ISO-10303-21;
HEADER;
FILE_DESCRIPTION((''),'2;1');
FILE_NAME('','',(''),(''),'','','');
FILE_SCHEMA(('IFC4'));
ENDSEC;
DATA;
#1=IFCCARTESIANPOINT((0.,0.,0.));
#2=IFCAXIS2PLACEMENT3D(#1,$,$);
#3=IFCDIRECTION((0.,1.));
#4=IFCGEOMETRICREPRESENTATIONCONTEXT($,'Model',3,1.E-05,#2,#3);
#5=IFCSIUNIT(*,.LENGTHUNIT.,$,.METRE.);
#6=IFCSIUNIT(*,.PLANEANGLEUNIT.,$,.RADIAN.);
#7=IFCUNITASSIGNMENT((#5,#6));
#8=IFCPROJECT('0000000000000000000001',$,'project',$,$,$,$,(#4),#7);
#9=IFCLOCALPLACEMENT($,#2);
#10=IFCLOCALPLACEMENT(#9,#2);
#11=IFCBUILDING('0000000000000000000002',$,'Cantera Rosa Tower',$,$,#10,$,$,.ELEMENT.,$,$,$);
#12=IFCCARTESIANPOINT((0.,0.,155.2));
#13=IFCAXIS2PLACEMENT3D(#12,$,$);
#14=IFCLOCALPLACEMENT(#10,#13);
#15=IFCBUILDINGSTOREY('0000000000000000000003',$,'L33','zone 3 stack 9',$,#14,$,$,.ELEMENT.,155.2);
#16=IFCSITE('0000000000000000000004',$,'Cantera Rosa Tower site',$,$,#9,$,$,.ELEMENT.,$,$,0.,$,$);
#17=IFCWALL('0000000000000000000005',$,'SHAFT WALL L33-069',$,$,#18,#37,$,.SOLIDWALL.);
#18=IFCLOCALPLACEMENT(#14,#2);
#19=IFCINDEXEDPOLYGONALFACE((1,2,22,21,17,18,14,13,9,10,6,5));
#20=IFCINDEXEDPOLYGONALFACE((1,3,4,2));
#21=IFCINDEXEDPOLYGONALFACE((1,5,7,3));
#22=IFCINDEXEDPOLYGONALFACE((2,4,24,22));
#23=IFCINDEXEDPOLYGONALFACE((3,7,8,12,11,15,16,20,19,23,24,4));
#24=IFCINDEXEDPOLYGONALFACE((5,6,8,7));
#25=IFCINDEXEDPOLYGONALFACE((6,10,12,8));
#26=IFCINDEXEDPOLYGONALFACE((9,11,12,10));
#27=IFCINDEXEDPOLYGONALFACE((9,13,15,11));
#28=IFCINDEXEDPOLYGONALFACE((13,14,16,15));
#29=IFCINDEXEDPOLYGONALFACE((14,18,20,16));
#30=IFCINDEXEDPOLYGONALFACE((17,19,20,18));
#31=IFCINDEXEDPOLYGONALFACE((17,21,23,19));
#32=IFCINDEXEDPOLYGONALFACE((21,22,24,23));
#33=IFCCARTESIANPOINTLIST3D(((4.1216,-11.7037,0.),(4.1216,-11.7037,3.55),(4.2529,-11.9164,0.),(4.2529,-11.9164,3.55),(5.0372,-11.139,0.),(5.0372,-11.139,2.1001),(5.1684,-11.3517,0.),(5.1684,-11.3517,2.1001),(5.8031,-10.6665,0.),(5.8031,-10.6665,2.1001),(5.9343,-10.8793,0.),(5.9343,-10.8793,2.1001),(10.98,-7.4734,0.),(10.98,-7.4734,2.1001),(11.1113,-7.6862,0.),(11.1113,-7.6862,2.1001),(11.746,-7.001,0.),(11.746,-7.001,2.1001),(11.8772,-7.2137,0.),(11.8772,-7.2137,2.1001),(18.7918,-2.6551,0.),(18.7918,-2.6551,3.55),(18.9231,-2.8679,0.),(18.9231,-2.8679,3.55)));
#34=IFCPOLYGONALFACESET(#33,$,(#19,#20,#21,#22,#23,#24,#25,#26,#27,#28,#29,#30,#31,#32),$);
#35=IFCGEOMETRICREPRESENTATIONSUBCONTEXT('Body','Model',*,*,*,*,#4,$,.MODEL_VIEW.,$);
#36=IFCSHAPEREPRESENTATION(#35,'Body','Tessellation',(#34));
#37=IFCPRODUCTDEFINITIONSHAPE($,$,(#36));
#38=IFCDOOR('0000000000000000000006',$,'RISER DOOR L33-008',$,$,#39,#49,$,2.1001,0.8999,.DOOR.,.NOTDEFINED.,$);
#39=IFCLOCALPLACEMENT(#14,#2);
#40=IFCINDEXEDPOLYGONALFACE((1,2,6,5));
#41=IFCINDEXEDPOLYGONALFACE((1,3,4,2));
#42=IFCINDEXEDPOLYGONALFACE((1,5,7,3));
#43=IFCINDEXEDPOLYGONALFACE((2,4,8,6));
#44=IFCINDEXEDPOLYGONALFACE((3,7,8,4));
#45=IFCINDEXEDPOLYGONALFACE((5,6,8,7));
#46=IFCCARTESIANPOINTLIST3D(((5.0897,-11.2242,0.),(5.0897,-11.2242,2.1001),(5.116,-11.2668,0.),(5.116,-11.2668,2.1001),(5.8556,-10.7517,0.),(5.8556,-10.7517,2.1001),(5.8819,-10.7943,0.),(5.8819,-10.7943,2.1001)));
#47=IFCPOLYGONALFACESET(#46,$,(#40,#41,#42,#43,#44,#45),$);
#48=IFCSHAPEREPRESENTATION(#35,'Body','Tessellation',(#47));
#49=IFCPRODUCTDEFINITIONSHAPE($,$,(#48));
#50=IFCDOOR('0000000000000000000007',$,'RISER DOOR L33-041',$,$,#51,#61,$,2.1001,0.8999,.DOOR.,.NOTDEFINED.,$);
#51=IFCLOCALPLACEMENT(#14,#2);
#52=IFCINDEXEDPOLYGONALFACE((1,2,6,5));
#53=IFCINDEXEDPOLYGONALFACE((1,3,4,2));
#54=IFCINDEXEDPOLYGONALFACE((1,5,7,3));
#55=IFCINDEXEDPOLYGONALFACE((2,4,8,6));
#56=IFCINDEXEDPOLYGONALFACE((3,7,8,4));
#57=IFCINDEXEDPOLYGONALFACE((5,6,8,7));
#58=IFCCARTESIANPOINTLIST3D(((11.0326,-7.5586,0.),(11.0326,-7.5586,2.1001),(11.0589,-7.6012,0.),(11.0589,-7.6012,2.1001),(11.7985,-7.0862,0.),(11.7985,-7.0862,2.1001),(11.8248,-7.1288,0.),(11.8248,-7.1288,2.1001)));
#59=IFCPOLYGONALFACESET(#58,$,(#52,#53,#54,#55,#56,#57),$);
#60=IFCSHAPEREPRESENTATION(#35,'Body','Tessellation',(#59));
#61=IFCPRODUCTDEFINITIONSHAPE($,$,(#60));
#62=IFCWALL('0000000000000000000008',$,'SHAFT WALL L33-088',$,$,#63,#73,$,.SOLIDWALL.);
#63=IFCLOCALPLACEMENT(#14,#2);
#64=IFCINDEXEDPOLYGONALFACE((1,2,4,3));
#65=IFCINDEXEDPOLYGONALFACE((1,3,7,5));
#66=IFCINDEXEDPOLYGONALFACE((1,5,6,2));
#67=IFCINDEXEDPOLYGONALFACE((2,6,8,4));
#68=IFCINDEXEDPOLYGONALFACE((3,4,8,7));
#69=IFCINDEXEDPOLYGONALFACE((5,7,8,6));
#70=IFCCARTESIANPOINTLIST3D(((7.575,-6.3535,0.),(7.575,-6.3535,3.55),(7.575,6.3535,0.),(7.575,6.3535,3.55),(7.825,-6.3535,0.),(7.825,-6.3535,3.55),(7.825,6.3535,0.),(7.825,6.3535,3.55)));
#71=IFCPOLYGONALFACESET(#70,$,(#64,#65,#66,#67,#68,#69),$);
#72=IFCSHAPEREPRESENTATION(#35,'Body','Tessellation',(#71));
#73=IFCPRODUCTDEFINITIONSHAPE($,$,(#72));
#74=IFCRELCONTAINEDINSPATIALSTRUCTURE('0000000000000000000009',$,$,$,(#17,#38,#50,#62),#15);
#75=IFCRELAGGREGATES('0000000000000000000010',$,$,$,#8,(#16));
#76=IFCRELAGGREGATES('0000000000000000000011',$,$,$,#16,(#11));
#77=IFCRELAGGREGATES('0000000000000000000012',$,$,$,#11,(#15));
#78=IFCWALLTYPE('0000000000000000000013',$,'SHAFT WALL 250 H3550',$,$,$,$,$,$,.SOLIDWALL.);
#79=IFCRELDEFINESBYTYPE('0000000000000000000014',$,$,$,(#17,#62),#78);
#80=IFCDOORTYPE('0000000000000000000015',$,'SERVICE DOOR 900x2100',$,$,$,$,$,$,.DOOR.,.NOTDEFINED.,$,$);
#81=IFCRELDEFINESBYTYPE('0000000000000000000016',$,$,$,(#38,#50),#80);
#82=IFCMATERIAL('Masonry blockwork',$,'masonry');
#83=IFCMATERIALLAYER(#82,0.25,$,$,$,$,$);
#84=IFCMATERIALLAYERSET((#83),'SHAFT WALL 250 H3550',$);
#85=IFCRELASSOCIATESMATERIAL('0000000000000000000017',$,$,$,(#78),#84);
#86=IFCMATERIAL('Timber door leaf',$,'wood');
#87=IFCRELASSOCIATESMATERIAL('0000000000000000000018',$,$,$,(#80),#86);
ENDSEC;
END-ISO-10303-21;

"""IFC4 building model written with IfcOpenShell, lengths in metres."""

from ifc_helpers import new_model, si_unit, direction, frame, frame_2d, origin, place, context, subcontext, project, spatial, rectangle, extrude, material, layer, layer_set, type_object, element, fill, save


model = new_model("IFC4")

# Units and contexts
model_context = context("Model", 3, precision=1e-05, world=origin(), true_north=direction((0.0, 1.0)))
body_context = subcontext(model_context, "Body", "Model", "MODEL_VIEW")
ifc_project = project(units=[si_unit("LENGTHUNIT", "METRE"), si_unit("PLANEANGLEUNIT", "RADIAN")], contexts=[model_context])

# Site, building, storey
site_placement = place(None, origin())
site = spatial("IfcSite", under=ifc_project, at=site_placement, Name="Cantera Rosa Tower site", CompositionType="ELEMENT", RefElevation=0.0)
building_placement = place(site_placement, origin())
building = spatial("IfcBuilding", under=site, at=building_placement, Name="Cantera Rosa Tower", CompositionType="ELEMENT")
storey_placement = place(building_placement, frame((0.0, 0.0, 155.2)))
storey = spatial("IfcBuildingStorey", under=building, at=storey_placement, Name="L33", Description="zone 3 stack 9", CompositionType="ELEMENT", Elevation=155.2)

# Shared definitions
ifc_material_1 = material(Name="Masonry blockwork", Category="masonry")
ifc_layer_1 = layer(ifc_material_1, 0.25)
ifc_layer_set_1 = layer_set([ifc_layer_1], Name="SHAFT WALL 250 H3550")
wall_type_1 = type_object("IfcWallType", Name="SHAFT WALL 250 H3550", PredefinedType="SOLIDWALL", material=ifc_layer_set_1)

# Wall, openings, doors
wall_1_placement = place(storey_placement, frame((4.1873, -11.8101, 0.0), z_axis=(0.0, 0.0, 1.0), x_axis=(0.85112, 0.524972, 0.0)))
wall_1 = element("IfcWall", 1, at=wall_1_placement, inside=storey, type_object=wall_type_1, Name="SHAFT WALL L33-069", PredefinedType="SOLIDWALL", context=body_context, shape_type="SweptSolid", body=[
    extrude(rectangle(XDim=17.2363, YDim=0.25, at=frame_2d((8.6182, 0.0))), origin(), (0.0, 0.0, 1.0), 3.55),
])
opening_1_placement = place(wall_1_placement, frame((1.0757, 0.0, 0.0)))
opening_1 = element("IfcOpeningElement", 2, at=opening_1_placement, cuts=wall_1, PredefinedType="OPENING", context=body_context, shape_type="SweptSolid", body=[
    extrude(rectangle(XDim=0.8999, YDim=2.1001, at=frame_2d((0.45, 1.05))), frame((0.0, 0.135, 0.0), z_axis=(0.0, -1.0, 0.0), x_axis=(1.0, 0.0, 0.0)), (0.0, 0.0, 1.0), 0.27),
])
opening_2_placement = place(wall_1_placement, frame((8.0581, 0.0, 0.0)))
opening_2 = element("IfcOpeningElement", 3, at=opening_2_placement, cuts=wall_1, PredefinedType="OPENING", context=body_context, shape_type="SweptSolid", body=[
    extrude(rectangle(XDim=0.8999, YDim=2.1001, at=frame_2d((0.45, 1.05))), frame((0.0, 0.135, 0.0), z_axis=(0.0, -1.0, 0.0), x_axis=(1.0, 0.0, 0.0)), (0.0, 0.0, 1.0), 0.27),
])
ifc_material_2 = material(Name="Timber door leaf", Category="wood")
door_type_1 = type_object("IfcDoorType", Name="SERVICE DOOR 900x2100", OperationType="NOTDEFINED", PredefinedType="DOOR", material=ifc_material_2)
door_1_placement = place(opening_1_placement, origin())
door_1 = element("IfcDoor", 4, at=door_1_placement, inside=storey, type_object=door_type_1, Name="RISER DOOR L33-008", OperationType="NOTDEFINED", OverallHeight=2.1001, OverallWidth=0.8999, PredefinedType="DOOR", context=body_context, shape_type="SweptSolid", body=[
    extrude(rectangle(XDim=0.8999, YDim=2.1001, at=frame_2d((0.45, 1.05))), frame((0.0, 0.0249, 0.0), z_axis=(0.0, -1.0, 0.0), x_axis=(1.0, 0.0, 0.0)), (0.0, 0.0, 1.0), 0.05),
])
fill(opening_1, door_1)
door_2_placement = place(opening_2_placement, origin())
door_2 = element("IfcDoor", 5, at=door_2_placement, inside=storey, type_object=door_type_1, Name="RISER DOOR L33-041", OperationType="NOTDEFINED", OverallHeight=2.1001, OverallWidth=0.8999, PredefinedType="DOOR", context=body_context, shape_type="SweptSolid", body=[
    extrude(rectangle(XDim=0.8999, YDim=2.1001, at=frame_2d((0.45, 1.05))), frame((0.0, 0.0249, 0.0), z_axis=(0.0, -1.0, 0.0), x_axis=(1.0, 0.0, 0.0)), (0.0, 0.0, 1.0), 0.05),
])
fill(opening_2, door_2)

# Wall
wall_2_placement = place(storey_placement, frame((7.7, -6.3535, 0.0), z_axis=(0.0, 0.0, 1.0), x_axis=(0.0, 1.0, 0.0)))
element("IfcWall", 6, at=wall_2_placement, inside=storey, type_object=wall_type_1, Name="SHAFT WALL L33-088", PredefinedType="SOLIDWALL", context=body_context, shape_type="SweptSolid", body=[
    extrude(rectangle(XDim=12.707, YDim=0.25, at=frame_2d((6.3535, 0.0))), origin(), (0.0, 0.0, 1.0), 3.55),
])

save(model, "model.ifc")
